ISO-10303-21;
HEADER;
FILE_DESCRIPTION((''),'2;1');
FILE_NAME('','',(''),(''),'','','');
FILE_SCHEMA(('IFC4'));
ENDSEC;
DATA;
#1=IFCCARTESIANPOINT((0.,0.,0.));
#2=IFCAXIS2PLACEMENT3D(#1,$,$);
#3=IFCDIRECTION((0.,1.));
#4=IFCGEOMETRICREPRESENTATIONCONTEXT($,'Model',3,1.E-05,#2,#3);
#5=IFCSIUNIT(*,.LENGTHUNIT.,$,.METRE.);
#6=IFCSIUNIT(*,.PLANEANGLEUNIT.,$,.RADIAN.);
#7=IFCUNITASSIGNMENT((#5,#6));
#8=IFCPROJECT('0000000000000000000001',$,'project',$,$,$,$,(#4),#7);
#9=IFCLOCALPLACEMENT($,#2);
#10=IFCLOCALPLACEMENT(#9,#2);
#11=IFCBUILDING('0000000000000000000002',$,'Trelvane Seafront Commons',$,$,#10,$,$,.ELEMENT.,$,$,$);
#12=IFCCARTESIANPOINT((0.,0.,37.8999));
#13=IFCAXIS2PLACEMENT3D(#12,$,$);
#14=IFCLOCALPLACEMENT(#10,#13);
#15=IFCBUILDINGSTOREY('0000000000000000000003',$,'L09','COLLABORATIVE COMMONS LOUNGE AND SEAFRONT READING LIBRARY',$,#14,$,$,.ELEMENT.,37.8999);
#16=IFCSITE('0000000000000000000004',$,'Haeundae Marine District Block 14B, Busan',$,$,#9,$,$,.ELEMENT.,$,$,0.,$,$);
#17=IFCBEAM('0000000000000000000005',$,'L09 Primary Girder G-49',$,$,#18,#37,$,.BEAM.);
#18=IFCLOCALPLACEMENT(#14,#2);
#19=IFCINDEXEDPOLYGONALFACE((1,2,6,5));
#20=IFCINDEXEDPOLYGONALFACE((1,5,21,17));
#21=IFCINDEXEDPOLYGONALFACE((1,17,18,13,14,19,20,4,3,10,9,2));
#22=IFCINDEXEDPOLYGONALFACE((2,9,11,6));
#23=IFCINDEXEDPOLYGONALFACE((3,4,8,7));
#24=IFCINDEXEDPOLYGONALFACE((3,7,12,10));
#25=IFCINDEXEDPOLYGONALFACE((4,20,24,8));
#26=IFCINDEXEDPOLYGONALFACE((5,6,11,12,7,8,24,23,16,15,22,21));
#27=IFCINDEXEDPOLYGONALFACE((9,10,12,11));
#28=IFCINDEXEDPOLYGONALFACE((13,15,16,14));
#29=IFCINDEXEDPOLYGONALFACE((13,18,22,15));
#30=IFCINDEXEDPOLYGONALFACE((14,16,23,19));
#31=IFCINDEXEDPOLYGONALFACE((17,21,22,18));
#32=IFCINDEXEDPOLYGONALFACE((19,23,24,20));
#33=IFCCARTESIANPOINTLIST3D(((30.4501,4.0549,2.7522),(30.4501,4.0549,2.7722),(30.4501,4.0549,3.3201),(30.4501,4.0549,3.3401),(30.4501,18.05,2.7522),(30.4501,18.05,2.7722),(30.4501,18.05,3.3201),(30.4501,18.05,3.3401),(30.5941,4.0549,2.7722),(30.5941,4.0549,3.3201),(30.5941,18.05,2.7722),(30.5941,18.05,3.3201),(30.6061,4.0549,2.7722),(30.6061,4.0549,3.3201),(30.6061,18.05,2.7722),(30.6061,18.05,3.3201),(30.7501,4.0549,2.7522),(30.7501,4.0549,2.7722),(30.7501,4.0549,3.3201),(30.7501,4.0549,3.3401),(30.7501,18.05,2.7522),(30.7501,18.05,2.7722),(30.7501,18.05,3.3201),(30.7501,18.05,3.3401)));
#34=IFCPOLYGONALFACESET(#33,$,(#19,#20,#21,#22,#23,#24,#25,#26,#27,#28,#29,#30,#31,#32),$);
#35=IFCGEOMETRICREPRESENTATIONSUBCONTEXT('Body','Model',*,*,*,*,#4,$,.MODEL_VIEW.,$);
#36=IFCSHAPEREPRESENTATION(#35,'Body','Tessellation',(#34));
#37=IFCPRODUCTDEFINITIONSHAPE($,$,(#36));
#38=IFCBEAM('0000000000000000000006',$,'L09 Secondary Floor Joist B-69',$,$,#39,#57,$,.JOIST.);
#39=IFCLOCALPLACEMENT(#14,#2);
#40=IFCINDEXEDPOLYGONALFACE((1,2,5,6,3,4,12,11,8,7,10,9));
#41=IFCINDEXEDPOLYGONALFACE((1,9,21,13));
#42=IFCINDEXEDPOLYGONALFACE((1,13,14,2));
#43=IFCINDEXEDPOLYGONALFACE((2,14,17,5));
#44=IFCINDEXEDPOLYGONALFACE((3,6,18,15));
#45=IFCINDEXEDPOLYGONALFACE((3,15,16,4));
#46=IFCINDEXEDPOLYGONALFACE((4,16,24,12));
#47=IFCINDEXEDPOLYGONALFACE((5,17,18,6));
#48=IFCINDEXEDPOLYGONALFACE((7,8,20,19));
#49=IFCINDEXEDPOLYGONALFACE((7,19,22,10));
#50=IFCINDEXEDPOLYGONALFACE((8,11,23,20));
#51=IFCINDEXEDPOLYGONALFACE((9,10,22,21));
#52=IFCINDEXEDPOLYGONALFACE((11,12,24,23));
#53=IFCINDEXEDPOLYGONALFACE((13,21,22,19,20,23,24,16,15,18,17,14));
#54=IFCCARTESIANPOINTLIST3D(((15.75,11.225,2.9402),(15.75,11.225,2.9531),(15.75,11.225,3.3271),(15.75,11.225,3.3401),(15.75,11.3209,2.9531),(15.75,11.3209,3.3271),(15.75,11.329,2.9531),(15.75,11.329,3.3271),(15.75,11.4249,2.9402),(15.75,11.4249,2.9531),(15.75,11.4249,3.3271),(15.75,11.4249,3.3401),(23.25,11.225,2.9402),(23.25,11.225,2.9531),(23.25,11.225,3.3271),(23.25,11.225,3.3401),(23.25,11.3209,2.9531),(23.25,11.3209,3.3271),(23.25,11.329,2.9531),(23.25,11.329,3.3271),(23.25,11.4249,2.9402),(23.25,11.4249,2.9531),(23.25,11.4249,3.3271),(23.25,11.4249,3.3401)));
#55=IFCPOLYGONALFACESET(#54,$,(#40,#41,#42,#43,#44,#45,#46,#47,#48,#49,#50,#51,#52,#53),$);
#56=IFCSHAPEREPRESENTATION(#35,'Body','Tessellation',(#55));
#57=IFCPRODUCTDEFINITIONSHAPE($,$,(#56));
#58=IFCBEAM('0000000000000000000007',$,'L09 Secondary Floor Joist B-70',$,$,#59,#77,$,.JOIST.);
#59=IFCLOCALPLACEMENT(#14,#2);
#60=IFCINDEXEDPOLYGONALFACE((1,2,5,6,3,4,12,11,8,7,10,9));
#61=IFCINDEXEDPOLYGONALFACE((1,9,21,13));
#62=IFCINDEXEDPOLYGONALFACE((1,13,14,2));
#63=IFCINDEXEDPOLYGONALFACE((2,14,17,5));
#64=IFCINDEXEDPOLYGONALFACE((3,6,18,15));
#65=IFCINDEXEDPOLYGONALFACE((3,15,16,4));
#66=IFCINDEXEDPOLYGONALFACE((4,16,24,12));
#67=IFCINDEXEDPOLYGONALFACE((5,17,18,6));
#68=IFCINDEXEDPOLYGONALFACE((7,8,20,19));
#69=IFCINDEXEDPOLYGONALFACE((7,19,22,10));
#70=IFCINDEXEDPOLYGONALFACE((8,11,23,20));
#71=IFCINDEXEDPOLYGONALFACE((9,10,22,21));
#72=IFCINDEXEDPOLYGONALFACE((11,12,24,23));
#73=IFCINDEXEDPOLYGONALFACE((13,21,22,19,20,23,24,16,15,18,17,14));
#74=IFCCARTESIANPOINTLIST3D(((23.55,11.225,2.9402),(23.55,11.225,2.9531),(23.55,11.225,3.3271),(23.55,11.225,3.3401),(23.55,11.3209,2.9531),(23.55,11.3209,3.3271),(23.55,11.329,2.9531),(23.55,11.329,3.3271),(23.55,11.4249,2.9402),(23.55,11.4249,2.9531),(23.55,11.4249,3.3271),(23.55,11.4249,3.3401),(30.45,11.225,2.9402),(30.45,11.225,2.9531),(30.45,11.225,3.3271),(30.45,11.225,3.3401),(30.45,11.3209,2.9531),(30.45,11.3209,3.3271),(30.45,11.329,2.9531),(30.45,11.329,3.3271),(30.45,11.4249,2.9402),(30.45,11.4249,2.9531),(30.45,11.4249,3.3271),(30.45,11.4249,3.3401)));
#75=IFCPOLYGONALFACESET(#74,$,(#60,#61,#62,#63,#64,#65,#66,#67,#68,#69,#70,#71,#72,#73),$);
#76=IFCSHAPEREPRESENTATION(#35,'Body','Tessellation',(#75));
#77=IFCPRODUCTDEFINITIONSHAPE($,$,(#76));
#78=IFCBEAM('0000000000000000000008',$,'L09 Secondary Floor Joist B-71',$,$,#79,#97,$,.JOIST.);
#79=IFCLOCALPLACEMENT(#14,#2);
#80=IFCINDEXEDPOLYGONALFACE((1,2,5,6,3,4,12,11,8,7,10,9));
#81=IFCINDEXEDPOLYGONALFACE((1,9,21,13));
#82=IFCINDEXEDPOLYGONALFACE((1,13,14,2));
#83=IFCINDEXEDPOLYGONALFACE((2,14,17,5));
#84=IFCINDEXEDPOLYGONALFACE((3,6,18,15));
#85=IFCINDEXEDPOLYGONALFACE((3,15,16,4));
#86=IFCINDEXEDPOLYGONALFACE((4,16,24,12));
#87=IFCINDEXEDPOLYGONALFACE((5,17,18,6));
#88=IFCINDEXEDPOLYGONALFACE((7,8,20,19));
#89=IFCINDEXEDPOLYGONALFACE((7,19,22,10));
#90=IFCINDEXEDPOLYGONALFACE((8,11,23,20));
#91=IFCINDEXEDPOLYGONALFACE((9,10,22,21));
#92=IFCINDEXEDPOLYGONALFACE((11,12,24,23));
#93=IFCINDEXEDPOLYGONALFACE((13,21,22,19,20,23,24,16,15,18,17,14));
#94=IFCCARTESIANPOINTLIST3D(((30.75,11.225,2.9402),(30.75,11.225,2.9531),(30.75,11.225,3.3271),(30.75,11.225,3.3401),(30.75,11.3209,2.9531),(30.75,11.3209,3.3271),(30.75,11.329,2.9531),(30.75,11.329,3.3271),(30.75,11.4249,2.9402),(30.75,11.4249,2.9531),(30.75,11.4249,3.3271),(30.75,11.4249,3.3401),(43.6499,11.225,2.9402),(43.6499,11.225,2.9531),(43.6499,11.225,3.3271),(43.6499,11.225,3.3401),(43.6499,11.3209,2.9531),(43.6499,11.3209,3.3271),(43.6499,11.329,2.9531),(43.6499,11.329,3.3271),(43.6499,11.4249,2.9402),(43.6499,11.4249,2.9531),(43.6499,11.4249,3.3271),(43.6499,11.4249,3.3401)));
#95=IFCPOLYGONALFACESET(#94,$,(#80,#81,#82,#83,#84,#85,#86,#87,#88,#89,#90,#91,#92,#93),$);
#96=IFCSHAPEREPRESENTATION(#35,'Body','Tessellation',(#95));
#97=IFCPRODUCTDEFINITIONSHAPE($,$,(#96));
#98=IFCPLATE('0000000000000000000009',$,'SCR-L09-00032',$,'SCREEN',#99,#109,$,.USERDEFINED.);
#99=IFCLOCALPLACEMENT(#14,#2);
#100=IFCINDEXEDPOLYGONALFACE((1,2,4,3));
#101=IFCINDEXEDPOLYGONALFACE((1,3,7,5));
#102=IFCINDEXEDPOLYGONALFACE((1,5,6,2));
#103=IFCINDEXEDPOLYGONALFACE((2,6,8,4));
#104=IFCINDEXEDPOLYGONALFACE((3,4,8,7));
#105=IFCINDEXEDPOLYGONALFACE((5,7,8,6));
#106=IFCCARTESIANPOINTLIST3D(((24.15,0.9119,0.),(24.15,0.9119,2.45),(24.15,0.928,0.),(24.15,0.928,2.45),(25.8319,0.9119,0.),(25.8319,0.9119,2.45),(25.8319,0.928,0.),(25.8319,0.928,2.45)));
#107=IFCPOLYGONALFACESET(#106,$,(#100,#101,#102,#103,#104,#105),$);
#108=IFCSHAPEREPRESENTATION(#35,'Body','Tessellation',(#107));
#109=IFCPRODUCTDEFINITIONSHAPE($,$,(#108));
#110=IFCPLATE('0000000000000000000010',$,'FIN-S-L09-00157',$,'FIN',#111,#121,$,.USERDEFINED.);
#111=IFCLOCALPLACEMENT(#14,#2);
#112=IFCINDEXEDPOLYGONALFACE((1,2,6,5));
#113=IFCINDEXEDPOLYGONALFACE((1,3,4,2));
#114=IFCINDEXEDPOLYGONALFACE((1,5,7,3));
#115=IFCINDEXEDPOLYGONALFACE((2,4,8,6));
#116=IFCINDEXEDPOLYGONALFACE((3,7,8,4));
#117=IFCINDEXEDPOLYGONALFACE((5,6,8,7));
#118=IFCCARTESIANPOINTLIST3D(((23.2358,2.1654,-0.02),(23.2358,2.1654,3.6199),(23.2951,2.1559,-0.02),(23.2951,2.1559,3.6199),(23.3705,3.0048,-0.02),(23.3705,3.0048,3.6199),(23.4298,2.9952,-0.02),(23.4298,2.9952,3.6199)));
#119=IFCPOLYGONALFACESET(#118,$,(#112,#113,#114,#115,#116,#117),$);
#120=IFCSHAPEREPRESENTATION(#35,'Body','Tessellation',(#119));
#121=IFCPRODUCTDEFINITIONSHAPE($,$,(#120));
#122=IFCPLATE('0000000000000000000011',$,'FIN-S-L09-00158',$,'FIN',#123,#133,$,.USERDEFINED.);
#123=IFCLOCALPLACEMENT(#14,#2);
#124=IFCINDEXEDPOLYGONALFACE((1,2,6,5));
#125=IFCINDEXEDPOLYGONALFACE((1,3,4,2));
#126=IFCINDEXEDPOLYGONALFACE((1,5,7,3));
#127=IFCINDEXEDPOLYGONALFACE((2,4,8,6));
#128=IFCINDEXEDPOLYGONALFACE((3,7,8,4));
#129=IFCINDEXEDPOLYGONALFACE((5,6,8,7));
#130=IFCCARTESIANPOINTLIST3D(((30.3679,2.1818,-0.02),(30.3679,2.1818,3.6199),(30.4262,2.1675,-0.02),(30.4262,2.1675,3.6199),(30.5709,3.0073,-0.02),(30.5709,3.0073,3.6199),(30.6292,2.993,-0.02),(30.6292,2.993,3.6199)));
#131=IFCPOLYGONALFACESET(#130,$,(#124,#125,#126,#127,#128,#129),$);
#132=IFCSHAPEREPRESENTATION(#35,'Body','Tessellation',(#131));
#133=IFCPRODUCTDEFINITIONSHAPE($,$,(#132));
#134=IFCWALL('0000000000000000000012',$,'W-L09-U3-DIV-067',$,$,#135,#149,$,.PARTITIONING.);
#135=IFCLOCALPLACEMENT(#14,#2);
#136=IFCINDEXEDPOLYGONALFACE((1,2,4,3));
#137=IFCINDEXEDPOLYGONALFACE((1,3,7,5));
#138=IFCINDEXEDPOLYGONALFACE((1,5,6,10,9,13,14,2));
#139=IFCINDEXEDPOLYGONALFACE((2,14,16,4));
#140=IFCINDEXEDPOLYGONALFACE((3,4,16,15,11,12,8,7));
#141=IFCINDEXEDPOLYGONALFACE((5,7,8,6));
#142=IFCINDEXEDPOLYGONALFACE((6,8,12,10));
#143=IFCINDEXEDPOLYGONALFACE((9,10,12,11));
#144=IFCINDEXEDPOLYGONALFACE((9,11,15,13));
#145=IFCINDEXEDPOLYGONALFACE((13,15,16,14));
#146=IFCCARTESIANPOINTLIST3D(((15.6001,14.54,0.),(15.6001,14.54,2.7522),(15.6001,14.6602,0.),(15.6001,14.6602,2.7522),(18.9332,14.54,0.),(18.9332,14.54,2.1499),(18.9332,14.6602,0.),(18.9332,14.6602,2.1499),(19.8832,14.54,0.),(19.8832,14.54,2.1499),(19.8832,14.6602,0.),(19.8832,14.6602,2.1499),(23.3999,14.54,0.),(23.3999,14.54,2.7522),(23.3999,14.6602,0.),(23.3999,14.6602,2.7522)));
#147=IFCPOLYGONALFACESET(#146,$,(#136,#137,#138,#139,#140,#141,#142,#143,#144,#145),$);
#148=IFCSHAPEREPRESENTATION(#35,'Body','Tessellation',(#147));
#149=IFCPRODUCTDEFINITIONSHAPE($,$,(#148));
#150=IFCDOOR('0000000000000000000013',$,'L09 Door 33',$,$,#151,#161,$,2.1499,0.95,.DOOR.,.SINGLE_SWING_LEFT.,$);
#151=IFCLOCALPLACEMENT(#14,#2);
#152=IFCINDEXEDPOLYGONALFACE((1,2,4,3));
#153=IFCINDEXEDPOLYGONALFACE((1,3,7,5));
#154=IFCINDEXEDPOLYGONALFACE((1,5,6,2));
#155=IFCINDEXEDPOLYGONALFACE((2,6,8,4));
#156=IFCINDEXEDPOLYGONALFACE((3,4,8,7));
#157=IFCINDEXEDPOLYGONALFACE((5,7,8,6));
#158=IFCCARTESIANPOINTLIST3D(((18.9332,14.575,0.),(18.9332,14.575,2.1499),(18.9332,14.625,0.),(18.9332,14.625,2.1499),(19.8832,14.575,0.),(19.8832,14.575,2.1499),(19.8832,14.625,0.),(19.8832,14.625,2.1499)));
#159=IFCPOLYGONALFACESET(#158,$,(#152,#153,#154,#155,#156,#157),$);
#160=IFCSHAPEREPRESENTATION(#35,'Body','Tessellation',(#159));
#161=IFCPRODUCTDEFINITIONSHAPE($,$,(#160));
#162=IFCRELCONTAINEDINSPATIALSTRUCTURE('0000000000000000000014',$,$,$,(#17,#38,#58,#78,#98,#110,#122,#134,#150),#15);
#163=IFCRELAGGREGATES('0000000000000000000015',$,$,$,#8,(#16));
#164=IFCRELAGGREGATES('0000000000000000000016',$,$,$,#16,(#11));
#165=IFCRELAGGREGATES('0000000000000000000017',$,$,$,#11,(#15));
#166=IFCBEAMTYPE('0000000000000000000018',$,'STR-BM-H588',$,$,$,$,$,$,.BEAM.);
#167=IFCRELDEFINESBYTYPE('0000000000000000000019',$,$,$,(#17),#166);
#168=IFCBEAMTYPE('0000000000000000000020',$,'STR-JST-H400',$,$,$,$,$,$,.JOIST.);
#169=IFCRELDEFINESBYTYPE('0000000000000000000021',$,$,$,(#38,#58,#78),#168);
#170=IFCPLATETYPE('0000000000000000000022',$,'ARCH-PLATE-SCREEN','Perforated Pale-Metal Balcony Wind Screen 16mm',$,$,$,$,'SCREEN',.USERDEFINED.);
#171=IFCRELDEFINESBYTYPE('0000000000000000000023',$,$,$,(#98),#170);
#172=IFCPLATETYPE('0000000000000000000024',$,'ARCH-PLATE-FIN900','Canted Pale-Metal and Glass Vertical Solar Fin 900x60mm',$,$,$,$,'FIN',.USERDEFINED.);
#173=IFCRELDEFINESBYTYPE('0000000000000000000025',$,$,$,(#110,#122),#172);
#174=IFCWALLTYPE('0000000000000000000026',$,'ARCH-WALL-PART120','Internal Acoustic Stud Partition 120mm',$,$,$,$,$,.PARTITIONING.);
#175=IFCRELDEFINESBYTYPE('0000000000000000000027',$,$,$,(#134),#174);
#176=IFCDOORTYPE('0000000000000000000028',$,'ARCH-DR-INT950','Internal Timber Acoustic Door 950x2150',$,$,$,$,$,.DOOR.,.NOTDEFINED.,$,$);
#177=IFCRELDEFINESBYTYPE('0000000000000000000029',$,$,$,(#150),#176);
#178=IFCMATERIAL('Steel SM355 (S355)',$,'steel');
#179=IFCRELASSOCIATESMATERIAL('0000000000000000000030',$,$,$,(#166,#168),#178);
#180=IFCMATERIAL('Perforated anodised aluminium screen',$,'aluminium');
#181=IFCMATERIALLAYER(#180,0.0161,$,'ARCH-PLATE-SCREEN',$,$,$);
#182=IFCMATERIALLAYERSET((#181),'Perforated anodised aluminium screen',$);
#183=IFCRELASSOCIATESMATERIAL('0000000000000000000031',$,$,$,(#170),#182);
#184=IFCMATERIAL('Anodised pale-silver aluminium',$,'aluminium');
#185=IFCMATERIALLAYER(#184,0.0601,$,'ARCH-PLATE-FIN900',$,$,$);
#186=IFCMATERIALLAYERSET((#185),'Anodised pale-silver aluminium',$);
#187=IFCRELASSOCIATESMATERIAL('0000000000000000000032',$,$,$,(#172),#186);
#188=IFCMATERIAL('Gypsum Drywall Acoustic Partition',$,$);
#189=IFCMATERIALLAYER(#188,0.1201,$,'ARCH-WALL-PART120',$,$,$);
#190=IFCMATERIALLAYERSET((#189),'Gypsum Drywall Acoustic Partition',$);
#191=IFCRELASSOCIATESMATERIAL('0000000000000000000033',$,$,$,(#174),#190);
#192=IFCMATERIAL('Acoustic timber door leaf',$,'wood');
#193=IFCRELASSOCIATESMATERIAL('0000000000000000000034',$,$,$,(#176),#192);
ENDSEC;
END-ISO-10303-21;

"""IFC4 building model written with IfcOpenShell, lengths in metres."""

from ifc_helpers import new_model, si_unit, direction, frame, frame_2d, origin, origin_2d, place, context, subcontext, project, spatial, rectangle, i_section, extrude, source, transform, mapped, material, layer, layer_set, material_profile, profile_set, type_object, element, fill, save


model = new_model("IFC4")

# Units and contexts
model_context = context("Model", 3, precision=1e-05, world=origin(), true_north=direction((0.0, 1.0)))
body_context = subcontext(model_context, "Body", "Model", "MODEL_VIEW")
ifc_project = project(units=[si_unit("LENGTHUNIT", "METRE"), si_unit("PLANEANGLEUNIT", "RADIAN")], contexts=[model_context])

# Site, building, storey
site_placement = place(None, origin())
site = spatial("IfcSite", under=ifc_project, at=site_placement, Name="Haeundae Marine District Block 14B, Busan", CompositionType="ELEMENT", RefElevation=0.0)
building_placement = place(site_placement, origin())
building = spatial("IfcBuilding", under=site, at=building_placement, Name="Trelvane Seafront Commons", CompositionType="ELEMENT")
storey_placement = place(building_placement, frame((0.0, 0.0, 37.8999)))
storey = spatial("IfcBuildingStorey", under=building, at=storey_placement, Name="L09", Description="COLLABORATIVE COMMONS LOUNGE AND SEAFRONT READING LIBRARY", CompositionType="ELEMENT", Elevation=37.8999)

# Shared definitions
ifc_material_1 = material(Name="Steel SM355 (S355)", Category="steel")

# Beams
ifc_material_profile_1 = material_profile(ifc_material_1, i_section(OverallWidth=0.3, OverallDepth=0.5879, WebThickness=0.012, FlangeThickness=0.02, at=origin_2d()), Name="H-588x300x12x20")
ifc_profile_set_1 = profile_set([ifc_material_profile_1], Name="Steel SM355 (S355)")
beam_type_1 = type_object("IfcBeamType", Name="STR-BM-H588", PredefinedType="BEAM", material=ifc_profile_set_1)
shared_shape_1 = source(origin(), body_context, "Body", "SweptSolid", [
    extrude(i_section(OverallWidth=0.3, OverallDepth=0.5879, WebThickness=0.012, FlangeThickness=0.02, at=origin_2d()), origin(), (0.0, 0.0, 1.0), 13.9951),
])
for number, where, z_axis, x_axis, name in (
    (1, (30.6001, 4.0549, 3.0461), (0.0, 1.0, 0.0), (-1.0, 0.0, 0.0), "L09 Primary Girder G-49"),
):
    element("IfcBeam", number, at=place(storey_placement, frame(where, z_axis=z_axis, x_axis=x_axis)), inside=storey, type_object=beam_type_1, Name=name, PredefinedType="BEAM", context=body_context, shape_type="MappedRepresentation", body=[
        mapped(shared_shape_1, transform((0.0, 0.0, 0.0), x_axis=(1.0, 0.0, 0.0), y_axis=(0.0, 1.0, 0.0), z_axis=(0.0, 0.0, 1.0), scale=1.0)),
    ])
ifc_material_profile_2 = material_profile(ifc_material_1, i_section(OverallWidth=0.2, OverallDepth=0.3999, WebThickness=0.0081, FlangeThickness=0.0129, at=origin_2d()), Name="H-400x200x8x13")
ifc_profile_set_2 = profile_set([ifc_material_profile_2], Name="Steel SM355 (S355)")
beam_type_2 = type_object("IfcBeamType", Name="STR-JST-H400", PredefinedType="JOIST", material=ifc_profile_set_2)
shared_shape_2 = source(origin(), body_context, "Body", "SweptSolid", [
    extrude(i_section(OverallWidth=0.2, OverallDepth=0.3999, WebThickness=0.0081, FlangeThickness=0.0129, at=origin_2d()), origin(), (0.0, 0.0, 1.0), 7.5),
])
beam_1_placement = place(storey_placement, frame((15.75, 11.325, 3.1401), z_axis=(1.0, 0.0, 0.0), x_axis=(0.0, 1.0, 0.0)))
element("IfcBeam", 2, at=beam_1_placement, inside=storey, type_object=beam_type_2, Name="L09 Secondary Floor Joist B-69", PredefinedType="JOIST", context=body_context, shape_type="MappedRepresentation", body=[
    mapped(shared_shape_2, transform((0.0, 0.0, 0.0), x_axis=(1.0, 0.0, 0.0), y_axis=(0.0, 1.0, 0.0), z_axis=(0.0, 0.0, 1.0), scale=1.0)),
])
shared_shape_3 = source(origin(), body_context, "Body", "SweptSolid", [
    extrude(i_section(OverallWidth=0.2, OverallDepth=0.3999, WebThickness=0.0081, FlangeThickness=0.0129, at=origin_2d()), origin(), (0.0, 0.0, 1.0), 6.8999),
])
beam_2_placement = place(storey_placement, frame((23.55, 11.325, 3.1401), z_axis=(1.0, 0.0, 0.0), x_axis=(0.0, 1.0, 0.0)))
element("IfcBeam", 3, at=beam_2_placement, inside=storey, type_object=beam_type_2, Name="L09 Secondary Floor Joist B-70", PredefinedType="JOIST", context=body_context, shape_type="MappedRepresentation", body=[
    mapped(shared_shape_3, transform((0.0, 0.0, 0.0), x_axis=(1.0, 0.0, 0.0), y_axis=(0.0, 1.0, 0.0), z_axis=(0.0, 0.0, 1.0), scale=1.0)),
])
shared_shape_4 = source(origin(), body_context, "Body", "SweptSolid", [
    extrude(i_section(OverallWidth=0.2, OverallDepth=0.3999, WebThickness=0.0081, FlangeThickness=0.0129, at=origin_2d()), origin(), (0.0, 0.0, 1.0), 12.8999),
])
beam_3_placement = place(storey_placement, frame((30.75, 11.325, 3.1401), z_axis=(1.0, 0.0, 0.0), x_axis=(0.0, 1.0, 0.0)))
element("IfcBeam", 4, at=beam_3_placement, inside=storey, type_object=beam_type_2, Name="L09 Secondary Floor Joist B-71", PredefinedType="JOIST", context=body_context, shape_type="MappedRepresentation", body=[
    mapped(shared_shape_4, transform((0.0, 0.0, 0.0), x_axis=(1.0, 0.0, 0.0), y_axis=(0.0, 1.0, 0.0), z_axis=(0.0, 0.0, 1.0), scale=1.0)),
])

# Plates
ifc_material_2 = material(Name="Perforated anodised aluminium screen", Category="aluminium")
ifc_layer_1 = layer(ifc_material_2, 0.0161, Name="ARCH-PLATE-SCREEN")
ifc_layer_set_1 = layer_set([ifc_layer_1], Name="Perforated anodised aluminium screen")
plate_type_1 = type_object("IfcPlateType", Name="ARCH-PLATE-SCREEN", Description="Perforated Pale-Metal Balcony Wind Screen 16mm", ElementType="SCREEN", PredefinedType="USERDEFINED", material=ifc_layer_set_1)
shared_shape_5 = source(origin(), body_context, "Body", "SweptSolid", [
    extrude(rectangle(XDim=1.6819, YDim=0.0161, at=origin_2d()), origin(), (0.0, 0.0, 1.0), 2.45),
])
plate_placement = place(storey_placement, frame((24.991, 0.9199, 0.0), z_axis=(0.0, 0.0, 1.0), x_axis=(1.0, 0.0, 0.0)))
element("IfcPlate", 5, at=plate_placement, inside=storey, type_object=plate_type_1, Name="SCR-L09-00032", ObjectType="SCREEN", PredefinedType="USERDEFINED", context=body_context, shape_type="MappedRepresentation", body=[
    mapped(shared_shape_5, transform((0.0, 0.0, 0.0), x_axis=(1.0, 0.0, 0.0), y_axis=(0.0, 1.0, 0.0), z_axis=(0.0, 0.0, 1.0), scale=1.0)),
])
ifc_material_3 = material(Name="Anodised pale-silver aluminium", Category="aluminium")
ifc_layer_2 = layer(ifc_material_3, 0.0601, Name="ARCH-PLATE-FIN900")
ifc_layer_set_2 = layer_set([ifc_layer_2], Name="Anodised pale-silver aluminium")
plate_type_2 = type_object("IfcPlateType", Name="ARCH-PLATE-FIN900", Description="Canted Pale-Metal and Glass Vertical Solar Fin 900x60mm", ElementType="FIN", PredefinedType="USERDEFINED", material=ifc_layer_set_2)
shared_shape_6 = source(origin(), body_context, "Body", "SweptSolid", [
    extrude(rectangle(XDim=0.8501, YDim=0.0601, at=origin_2d()), origin(), (0.0, 0.0, 1.0), 3.6399),
])
for number, where, z_axis, x_axis, name in (
    (6, (23.3328, 2.5803, -0.02), (0.0, 0.0, 1.0), (-0.158463, -0.987365, 0.0), "FIN-S-L09-00157"),
    (7, (30.4985, 2.5874, -0.02), (0.0, 0.0, 1.0), (-0.238825, -0.971063, 0.0), "FIN-S-L09-00158"),
):
    element("IfcPlate", number, at=place(storey_placement, frame(where, z_axis=z_axis, x_axis=x_axis)), inside=storey, type_object=plate_type_2, Name=name, ObjectType="FIN", PredefinedType="USERDEFINED", context=body_context, shape_type="MappedRepresentation", body=[
        mapped(shared_shape_6, transform((0.0, 0.0, 0.0), x_axis=(1.0, 0.0, 0.0), y_axis=(0.0, 1.0, 0.0), z_axis=(0.0, 0.0, 1.0), scale=1.0)),
    ])

# Wall, opening, door
ifc_material_4 = material(Name="Gypsum Drywall Acoustic Partition")
ifc_layer_3 = layer(ifc_material_4, 0.1201, Name="ARCH-WALL-PART120")
ifc_layer_set_3 = layer_set([ifc_layer_3], Name="Gypsum Drywall Acoustic Partition")
wall_type_1 = type_object("IfcWallType", Name="ARCH-WALL-PART120", Description="Internal Acoustic Stud Partition 120mm", PredefinedType="PARTITIONING", material=ifc_layer_set_3)
wall_placement = place(storey_placement, frame((15.6001, 14.6001, 0.0), z_axis=(0.0, 0.0, 1.0), x_axis=(1.0, 0.0, 0.0)))
wall = element("IfcWall", 8, at=wall_placement, inside=storey, type_object=wall_type_1, Name="W-L09-U3-DIV-067", PredefinedType="PARTITIONING", context=body_context, shape_type="SweptSolid", body=[
    extrude(rectangle(XDim=7.7998, YDim=0.1201, at=frame_2d((3.8999, 0.0))), origin(), (0.0, 0.0, 1.0), 2.7522),
])
opening_placement = place(wall_placement, frame((3.333, 0.0, 0.0)))
opening = element("IfcOpeningElement", 9, at=opening_placement, cuts=wall, PredefinedType="OPENING", context=body_context, shape_type="SweptSolid", body=[
    extrude(rectangle(XDim=0.95, YDim=2.1499, at=frame_2d((0.4751, 1.075))), frame((0.0, 0.0701, 0.0), z_axis=(0.0, -1.0, 0.0), x_axis=(1.0, 0.0, 0.0)), (0.0, 0.0, 1.0), 0.1401),
])
ifc_material_5 = material(Name="Acoustic timber door leaf", Category="wood")
door_type = type_object("IfcDoorType", Name="ARCH-DR-INT950", Description="Internal Timber Acoustic Door 950x2150", OperationType="NOTDEFINED", PredefinedType="DOOR", material=ifc_material_5)
shared_shape_7 = source(origin(), body_context, "Body", "SweptSolid", [
    extrude(rectangle(XDim=0.95, YDim=2.1499, at=frame_2d((0.4751, 1.075))), frame((0.0, 0.0249, 0.0), z_axis=(0.0, -1.0, 0.0), x_axis=(1.0, 0.0, 0.0)), (0.0, 0.0, 1.0), 0.05),
])
door_placement = place(opening_placement, origin())
door = element("IfcDoor", 10, at=door_placement, inside=storey, type_object=door_type, Name="L09 Door 33", OperationType="SINGLE_SWING_LEFT", OverallHeight=2.1499, OverallWidth=0.95, PredefinedType="DOOR", context=body_context, shape_type="MappedRepresentation", body=[
    mapped(shared_shape_7, transform((0.0, 0.0, 0.0), x_axis=(1.0, 0.0, 0.0), y_axis=(0.0, 1.0, 0.0), z_axis=(0.0, 0.0, 1.0), scale=1.0)),
])
fill(opening, door)

save(model, "model.ifc")
